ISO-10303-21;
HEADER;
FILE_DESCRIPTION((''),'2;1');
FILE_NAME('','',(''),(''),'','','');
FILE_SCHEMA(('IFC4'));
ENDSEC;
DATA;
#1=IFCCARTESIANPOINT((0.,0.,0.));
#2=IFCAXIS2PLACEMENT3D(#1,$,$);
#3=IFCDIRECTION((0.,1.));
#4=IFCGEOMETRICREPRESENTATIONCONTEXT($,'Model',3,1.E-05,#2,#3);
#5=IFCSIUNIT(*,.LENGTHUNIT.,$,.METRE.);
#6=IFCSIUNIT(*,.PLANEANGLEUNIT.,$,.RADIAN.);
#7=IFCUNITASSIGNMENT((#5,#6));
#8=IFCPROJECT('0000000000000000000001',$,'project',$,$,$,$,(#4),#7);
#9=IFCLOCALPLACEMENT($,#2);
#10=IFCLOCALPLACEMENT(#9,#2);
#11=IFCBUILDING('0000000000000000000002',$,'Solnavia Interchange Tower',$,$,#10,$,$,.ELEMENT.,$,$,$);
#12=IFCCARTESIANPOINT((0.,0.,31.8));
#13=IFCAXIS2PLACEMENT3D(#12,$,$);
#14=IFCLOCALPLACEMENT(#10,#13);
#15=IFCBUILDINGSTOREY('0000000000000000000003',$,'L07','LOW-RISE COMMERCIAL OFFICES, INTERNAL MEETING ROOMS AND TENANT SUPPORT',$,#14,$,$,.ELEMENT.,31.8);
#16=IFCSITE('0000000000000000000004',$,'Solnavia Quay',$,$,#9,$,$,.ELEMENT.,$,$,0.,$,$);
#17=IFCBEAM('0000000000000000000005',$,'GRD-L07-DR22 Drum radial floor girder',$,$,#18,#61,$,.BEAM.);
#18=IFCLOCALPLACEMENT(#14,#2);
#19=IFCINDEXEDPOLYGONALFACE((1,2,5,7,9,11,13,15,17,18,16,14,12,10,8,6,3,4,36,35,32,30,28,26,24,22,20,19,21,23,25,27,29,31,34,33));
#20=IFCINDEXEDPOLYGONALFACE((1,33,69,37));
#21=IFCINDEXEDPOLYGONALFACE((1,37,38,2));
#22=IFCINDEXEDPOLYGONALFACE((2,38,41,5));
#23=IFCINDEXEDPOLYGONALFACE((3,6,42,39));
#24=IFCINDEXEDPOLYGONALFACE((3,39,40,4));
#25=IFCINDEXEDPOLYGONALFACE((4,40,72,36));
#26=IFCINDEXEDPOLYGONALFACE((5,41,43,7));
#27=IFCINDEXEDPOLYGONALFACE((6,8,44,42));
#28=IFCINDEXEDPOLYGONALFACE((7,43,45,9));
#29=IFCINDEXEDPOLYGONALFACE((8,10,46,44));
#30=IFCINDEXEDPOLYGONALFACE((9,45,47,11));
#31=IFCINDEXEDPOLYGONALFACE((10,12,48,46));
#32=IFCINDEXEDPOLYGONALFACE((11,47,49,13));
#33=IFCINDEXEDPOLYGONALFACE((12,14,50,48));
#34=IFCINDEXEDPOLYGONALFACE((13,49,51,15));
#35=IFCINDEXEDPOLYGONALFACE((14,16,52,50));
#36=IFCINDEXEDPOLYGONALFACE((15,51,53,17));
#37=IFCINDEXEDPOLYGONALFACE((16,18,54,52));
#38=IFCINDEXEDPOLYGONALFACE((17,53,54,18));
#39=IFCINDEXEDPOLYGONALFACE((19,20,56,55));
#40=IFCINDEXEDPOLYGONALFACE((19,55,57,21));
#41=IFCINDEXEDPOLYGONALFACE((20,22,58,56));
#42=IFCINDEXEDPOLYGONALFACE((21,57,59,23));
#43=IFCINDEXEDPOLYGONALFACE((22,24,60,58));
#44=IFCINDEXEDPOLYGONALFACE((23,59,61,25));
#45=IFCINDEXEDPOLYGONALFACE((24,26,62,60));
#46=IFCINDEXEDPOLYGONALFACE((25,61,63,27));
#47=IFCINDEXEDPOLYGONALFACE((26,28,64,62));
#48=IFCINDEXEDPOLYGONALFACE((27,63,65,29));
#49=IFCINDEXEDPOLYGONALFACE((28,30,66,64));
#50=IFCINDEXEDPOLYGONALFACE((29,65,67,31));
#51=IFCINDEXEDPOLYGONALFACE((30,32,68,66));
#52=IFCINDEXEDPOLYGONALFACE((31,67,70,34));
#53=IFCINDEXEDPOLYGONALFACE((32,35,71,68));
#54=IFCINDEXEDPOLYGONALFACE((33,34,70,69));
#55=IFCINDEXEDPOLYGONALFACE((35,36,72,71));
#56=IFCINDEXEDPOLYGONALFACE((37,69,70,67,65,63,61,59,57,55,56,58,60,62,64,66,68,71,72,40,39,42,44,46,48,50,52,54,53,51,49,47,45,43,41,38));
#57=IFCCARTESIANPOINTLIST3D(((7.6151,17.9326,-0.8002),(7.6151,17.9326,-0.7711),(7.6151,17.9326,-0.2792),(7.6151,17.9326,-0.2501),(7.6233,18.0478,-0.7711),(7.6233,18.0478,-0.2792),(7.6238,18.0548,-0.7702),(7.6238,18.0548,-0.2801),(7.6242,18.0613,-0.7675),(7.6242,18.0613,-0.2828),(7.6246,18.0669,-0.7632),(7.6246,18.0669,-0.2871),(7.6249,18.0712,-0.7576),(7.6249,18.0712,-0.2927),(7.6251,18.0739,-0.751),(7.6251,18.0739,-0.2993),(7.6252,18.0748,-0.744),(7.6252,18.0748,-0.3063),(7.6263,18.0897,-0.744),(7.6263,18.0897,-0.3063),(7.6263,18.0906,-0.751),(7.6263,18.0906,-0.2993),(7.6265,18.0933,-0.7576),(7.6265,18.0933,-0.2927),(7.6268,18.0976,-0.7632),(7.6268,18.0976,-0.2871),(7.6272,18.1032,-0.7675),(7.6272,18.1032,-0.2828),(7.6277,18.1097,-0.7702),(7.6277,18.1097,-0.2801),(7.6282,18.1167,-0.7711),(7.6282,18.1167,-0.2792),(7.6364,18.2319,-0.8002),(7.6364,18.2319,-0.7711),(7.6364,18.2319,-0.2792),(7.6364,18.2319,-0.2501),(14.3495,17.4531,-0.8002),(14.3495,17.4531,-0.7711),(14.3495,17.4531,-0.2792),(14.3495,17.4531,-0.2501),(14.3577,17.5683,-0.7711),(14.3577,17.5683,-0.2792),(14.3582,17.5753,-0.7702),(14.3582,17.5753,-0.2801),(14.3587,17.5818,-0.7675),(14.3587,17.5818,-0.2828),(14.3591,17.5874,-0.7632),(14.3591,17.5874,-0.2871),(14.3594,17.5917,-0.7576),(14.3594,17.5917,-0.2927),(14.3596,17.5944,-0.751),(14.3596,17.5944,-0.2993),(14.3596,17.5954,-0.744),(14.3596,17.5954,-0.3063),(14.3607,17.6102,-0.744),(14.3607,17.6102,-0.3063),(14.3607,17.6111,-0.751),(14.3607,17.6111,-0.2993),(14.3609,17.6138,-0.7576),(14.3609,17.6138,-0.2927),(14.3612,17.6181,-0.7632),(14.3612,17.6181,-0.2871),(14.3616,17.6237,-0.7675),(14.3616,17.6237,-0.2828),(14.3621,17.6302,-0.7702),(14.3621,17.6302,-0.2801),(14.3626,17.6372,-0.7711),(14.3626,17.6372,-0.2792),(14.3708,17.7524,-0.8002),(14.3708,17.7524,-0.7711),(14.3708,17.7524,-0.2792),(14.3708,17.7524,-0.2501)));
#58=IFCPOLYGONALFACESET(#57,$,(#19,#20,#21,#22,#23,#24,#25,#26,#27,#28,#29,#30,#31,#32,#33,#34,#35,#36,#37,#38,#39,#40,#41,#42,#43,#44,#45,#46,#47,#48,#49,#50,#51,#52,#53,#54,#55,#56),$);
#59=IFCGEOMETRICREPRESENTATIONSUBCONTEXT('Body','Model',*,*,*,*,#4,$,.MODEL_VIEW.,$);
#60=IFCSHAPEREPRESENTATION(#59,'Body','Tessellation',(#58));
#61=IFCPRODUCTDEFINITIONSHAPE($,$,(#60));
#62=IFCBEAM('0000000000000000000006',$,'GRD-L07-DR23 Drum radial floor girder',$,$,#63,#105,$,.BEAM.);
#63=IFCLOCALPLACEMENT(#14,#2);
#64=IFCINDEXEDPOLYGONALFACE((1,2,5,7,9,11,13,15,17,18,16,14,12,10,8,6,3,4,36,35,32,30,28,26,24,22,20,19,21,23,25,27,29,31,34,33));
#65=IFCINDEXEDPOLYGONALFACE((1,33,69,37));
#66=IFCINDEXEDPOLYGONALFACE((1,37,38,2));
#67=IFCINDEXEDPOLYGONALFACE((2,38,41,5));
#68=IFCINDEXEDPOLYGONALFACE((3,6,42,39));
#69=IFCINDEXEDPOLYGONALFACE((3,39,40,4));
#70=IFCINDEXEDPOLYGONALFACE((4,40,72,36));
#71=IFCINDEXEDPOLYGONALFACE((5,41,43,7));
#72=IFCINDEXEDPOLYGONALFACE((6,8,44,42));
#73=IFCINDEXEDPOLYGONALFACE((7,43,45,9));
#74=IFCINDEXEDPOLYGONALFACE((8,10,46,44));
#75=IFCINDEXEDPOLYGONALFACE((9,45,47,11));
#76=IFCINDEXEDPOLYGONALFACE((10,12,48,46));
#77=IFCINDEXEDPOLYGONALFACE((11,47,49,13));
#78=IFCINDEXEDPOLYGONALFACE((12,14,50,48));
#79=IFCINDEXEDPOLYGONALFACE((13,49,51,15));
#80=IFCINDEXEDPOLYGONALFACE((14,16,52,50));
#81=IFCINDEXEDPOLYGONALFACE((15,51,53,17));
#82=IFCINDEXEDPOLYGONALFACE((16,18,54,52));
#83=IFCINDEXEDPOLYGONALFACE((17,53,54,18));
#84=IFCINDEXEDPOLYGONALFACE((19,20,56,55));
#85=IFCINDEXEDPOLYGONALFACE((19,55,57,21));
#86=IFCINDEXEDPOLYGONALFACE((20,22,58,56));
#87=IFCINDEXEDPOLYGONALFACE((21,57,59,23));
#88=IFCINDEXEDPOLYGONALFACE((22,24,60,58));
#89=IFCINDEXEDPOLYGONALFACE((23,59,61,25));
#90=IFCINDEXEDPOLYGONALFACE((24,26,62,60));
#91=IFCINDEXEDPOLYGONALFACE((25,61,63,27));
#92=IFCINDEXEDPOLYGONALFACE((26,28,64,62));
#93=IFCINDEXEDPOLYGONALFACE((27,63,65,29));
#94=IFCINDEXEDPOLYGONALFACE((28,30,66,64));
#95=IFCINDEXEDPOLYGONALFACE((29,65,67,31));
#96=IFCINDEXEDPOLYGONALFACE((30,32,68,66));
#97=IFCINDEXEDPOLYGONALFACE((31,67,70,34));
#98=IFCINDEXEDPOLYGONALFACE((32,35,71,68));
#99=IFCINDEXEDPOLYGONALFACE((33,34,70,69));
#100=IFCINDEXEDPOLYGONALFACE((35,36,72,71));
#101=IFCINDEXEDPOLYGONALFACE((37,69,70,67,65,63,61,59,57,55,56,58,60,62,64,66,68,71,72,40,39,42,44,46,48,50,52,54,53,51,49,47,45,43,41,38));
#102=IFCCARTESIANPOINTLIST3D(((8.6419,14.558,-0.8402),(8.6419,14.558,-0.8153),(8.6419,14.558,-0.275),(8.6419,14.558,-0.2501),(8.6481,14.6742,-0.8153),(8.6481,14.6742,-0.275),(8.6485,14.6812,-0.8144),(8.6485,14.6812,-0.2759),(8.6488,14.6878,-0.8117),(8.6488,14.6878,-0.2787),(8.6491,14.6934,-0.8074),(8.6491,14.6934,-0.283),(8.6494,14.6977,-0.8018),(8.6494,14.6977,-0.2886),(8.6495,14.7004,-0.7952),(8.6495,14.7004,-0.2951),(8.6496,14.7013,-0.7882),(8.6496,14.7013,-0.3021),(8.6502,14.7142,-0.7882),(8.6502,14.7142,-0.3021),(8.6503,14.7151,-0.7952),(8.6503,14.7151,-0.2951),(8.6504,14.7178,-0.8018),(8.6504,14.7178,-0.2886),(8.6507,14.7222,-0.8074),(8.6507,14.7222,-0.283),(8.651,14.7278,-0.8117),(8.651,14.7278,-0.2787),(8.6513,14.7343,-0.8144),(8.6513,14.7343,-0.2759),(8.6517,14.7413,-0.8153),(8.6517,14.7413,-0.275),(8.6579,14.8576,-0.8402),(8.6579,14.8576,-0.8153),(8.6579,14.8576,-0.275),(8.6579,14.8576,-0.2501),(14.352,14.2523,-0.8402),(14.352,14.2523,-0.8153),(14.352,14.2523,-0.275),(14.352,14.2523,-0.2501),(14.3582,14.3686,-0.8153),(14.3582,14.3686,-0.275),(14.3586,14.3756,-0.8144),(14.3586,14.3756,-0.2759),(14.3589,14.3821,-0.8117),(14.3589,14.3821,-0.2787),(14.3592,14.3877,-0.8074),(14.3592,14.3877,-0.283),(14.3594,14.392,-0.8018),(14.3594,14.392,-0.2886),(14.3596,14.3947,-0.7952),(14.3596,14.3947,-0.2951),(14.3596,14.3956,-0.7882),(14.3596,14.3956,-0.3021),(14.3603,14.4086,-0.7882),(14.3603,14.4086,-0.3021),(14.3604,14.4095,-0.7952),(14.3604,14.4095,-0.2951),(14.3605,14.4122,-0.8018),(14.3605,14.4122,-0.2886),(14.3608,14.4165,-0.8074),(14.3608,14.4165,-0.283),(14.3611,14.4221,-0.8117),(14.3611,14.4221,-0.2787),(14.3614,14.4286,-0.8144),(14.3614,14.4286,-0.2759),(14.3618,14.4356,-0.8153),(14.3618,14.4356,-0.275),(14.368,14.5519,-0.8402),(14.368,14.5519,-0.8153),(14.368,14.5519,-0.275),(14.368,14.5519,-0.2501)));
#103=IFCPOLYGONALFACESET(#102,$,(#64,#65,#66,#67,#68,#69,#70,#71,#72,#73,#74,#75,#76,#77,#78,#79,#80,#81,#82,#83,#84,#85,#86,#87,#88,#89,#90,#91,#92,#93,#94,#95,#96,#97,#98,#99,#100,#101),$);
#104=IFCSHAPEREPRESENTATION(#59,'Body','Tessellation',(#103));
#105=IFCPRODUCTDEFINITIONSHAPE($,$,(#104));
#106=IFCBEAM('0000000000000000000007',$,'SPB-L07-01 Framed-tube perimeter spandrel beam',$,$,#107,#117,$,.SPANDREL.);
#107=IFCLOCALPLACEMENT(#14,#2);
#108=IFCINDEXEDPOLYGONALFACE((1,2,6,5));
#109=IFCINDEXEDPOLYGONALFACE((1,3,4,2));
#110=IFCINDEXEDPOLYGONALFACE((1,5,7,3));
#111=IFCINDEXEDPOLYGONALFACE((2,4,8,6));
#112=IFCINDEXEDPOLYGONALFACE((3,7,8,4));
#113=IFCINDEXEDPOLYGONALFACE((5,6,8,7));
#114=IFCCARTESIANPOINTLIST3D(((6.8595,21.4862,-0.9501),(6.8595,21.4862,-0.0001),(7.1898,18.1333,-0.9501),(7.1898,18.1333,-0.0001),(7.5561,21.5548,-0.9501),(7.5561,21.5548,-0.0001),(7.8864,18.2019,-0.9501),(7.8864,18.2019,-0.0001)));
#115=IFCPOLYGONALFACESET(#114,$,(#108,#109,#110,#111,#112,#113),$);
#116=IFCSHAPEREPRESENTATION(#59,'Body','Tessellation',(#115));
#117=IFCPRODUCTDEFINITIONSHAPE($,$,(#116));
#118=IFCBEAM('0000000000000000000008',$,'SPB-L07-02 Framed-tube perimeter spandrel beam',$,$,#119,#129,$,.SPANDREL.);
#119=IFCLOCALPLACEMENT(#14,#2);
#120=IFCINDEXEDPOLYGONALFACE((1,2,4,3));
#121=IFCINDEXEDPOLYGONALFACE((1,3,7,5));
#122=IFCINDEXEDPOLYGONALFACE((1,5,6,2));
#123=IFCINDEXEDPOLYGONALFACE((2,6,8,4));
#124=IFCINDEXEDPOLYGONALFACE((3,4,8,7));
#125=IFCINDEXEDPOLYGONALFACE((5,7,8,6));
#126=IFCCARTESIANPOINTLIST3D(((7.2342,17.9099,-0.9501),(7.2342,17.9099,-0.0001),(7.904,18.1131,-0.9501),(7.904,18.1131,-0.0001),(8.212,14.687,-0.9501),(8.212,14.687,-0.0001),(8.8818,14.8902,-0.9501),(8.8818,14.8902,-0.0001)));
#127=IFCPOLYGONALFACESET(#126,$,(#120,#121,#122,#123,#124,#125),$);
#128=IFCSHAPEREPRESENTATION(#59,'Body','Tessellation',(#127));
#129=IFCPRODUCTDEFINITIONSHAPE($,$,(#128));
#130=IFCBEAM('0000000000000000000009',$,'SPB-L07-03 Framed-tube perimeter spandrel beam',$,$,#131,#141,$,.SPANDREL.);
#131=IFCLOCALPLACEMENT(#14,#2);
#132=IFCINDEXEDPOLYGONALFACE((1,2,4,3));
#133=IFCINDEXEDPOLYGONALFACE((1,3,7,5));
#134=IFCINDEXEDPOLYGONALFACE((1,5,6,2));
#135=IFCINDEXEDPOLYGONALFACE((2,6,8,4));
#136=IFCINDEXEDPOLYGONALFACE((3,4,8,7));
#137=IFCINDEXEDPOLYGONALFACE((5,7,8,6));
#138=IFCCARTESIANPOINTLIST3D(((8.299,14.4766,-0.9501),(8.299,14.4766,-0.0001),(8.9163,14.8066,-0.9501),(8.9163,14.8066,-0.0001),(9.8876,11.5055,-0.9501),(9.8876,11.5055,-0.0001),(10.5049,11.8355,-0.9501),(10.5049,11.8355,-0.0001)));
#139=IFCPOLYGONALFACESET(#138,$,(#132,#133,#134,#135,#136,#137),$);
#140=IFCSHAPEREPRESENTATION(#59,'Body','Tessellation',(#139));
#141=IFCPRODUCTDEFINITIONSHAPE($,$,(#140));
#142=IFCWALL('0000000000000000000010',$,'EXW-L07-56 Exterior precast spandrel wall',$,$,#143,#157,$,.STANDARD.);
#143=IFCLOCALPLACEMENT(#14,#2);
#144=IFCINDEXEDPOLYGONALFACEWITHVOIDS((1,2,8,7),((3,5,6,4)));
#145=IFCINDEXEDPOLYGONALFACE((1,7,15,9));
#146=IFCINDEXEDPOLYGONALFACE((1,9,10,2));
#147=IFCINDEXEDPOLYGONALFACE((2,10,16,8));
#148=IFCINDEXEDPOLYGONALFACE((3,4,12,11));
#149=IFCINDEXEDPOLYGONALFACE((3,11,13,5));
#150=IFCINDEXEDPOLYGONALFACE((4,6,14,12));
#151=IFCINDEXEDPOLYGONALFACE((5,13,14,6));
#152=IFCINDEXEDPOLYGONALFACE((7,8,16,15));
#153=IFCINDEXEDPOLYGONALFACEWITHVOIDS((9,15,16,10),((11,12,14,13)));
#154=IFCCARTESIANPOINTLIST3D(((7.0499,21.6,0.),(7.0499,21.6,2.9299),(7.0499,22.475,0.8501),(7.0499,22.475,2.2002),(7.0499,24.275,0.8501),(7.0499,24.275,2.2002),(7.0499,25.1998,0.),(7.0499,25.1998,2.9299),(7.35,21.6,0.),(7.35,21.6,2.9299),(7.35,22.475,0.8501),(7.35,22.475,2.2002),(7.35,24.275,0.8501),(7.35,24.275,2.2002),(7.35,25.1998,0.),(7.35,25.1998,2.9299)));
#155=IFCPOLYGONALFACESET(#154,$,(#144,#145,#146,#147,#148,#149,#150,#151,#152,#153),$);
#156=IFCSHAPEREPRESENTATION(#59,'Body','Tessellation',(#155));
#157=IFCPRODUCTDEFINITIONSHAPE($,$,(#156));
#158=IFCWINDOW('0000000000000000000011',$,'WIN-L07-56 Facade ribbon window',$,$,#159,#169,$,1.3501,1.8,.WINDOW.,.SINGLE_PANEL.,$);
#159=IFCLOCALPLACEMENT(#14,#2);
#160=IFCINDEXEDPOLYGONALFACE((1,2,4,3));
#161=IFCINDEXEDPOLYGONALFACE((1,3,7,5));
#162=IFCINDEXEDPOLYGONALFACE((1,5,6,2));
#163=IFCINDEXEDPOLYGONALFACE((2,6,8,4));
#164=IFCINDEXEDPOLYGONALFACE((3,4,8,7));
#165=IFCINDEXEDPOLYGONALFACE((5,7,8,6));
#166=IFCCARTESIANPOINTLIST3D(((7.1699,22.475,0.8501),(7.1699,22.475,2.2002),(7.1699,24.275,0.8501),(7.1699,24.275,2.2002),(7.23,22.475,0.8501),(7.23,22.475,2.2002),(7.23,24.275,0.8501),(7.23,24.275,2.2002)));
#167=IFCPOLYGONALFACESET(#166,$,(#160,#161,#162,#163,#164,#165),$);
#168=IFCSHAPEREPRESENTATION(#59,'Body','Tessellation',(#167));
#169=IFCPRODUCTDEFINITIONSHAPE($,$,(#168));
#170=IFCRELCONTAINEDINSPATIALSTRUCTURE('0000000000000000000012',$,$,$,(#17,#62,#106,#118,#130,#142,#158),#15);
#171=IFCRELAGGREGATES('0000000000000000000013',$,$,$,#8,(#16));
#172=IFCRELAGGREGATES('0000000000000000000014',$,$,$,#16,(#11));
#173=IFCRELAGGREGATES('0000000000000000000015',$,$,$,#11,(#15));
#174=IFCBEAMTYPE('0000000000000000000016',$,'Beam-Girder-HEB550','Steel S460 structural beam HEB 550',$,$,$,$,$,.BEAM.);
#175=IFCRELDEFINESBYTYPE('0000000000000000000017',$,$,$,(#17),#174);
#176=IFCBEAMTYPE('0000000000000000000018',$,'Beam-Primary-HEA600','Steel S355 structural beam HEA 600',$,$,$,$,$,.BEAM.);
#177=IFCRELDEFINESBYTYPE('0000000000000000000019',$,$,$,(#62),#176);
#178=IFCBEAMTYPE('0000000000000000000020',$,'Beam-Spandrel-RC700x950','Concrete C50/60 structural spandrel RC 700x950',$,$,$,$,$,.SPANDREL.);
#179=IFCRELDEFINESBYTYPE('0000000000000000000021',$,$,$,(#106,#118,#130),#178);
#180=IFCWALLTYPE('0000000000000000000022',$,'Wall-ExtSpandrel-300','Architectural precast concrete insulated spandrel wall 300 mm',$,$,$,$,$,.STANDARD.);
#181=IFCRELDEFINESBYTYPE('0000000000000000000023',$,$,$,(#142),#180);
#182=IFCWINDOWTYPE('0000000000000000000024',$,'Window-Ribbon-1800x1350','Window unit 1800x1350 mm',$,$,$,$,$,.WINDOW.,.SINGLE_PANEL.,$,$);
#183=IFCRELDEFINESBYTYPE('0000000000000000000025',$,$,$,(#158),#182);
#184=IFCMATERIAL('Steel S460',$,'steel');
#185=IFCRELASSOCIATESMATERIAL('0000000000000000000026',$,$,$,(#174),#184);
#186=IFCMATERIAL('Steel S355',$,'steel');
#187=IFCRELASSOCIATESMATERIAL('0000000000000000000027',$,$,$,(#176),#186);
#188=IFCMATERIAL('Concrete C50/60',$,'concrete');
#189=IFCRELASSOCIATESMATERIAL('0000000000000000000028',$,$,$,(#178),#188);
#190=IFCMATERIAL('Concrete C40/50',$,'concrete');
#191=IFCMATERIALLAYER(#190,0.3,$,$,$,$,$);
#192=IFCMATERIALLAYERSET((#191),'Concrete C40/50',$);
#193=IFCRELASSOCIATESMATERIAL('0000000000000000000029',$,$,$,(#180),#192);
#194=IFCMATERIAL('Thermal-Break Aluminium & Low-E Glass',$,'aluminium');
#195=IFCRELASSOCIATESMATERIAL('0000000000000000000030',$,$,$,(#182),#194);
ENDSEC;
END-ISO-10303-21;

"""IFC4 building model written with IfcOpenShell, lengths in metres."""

from ifc_helpers import new_model, si_unit, direction, frame, frame_2d, origin, origin_2d, place, context, subcontext, project, spatial, rectangle, i_section, extrude, material, layer, layer_set, material_profile, profile_set, type_object, element, fill, save


model = new_model("IFC4")

# Units and contexts
model_context = context("Model", 3, precision=1e-05, world=origin(), true_north=direction((0.0, 1.0)))
body_context = subcontext(model_context, "Body", "Model", "MODEL_VIEW")
ifc_project = project(units=[si_unit("LENGTHUNIT", "METRE"), si_unit("PLANEANGLEUNIT", "RADIAN")], contexts=[model_context])

# Site, building, storey
site_placement = place(None, origin())
site = spatial("IfcSite", under=ifc_project, at=site_placement, Name="Solnavia Quay", CompositionType="ELEMENT", RefElevation=0.0)
building_placement = place(site_placement, origin())
building = spatial("IfcBuilding", under=site, at=building_placement, Name="Solnavia Interchange Tower", CompositionType="ELEMENT")
storey_placement = place(building_placement, frame((0.0, 0.0, 31.8)))
storey = spatial("IfcBuildingStorey", under=building, at=storey_placement, Name="L07", Description="LOW-RISE COMMERCIAL OFFICES, INTERNAL MEETING ROOMS AND TENANT SUPPORT", CompositionType="ELEMENT", Elevation=31.8)

# Beams
ifc_material_1 = material(Name="Concrete C50/60", Category="concrete")
ifc_material_2 = material(Name="Steel S460", Category="steel")
ifc_material_profile_1 = material_profile(ifc_material_2, i_section(OverallWidth=0.3, OverallDepth=0.55, WebThickness=0.0149, FlangeThickness=0.0291, FilletRadius=0.0271, at=origin_2d()), Name="HEB 550")
ifc_profile_set_1 = profile_set([ifc_material_profile_1], Name="Steel S460")
beam_type_1 = type_object("IfcBeamType", Name="Beam-Girder-HEB550", Description="Steel S460 structural beam HEB 550", PredefinedType="BEAM", material=ifc_profile_set_1)
beam_1_placement = place(storey_placement, frame((7.6257, 18.0823, -0.5251), z_axis=(0.997475, -0.071021, 0.0), x_axis=(0.071021, 0.997475, 0.0)))
element("IfcBeam", 1, at=beam_1_placement, inside=storey, type_object=beam_type_1, Name="GRD-L07-DR22 Drum radial floor girder", PredefinedType="BEAM", context=body_context, shape_type="SweptSolid", body=[
    extrude(i_section(OverallWidth=0.3, OverallDepth=0.55, WebThickness=0.0149, FlangeThickness=0.0291, FilletRadius=0.0271, at=origin_2d()), origin(), (0.0, 0.0, 1.0), 6.7515),
])
ifc_material_3 = material(Name="Steel S355", Category="steel")
ifc_material_profile_2 = material_profile(ifc_material_3, i_section(OverallWidth=0.3, OverallDepth=0.5901, WebThickness=0.0129, FlangeThickness=0.0249, FilletRadius=0.0271, at=origin_2d()), Name="HEA 600")
ifc_profile_set_2 = profile_set([ifc_material_profile_2], Name="Steel S355")
beam_type_2 = type_object("IfcBeamType", Name="Beam-Primary-HEA600", Description="Steel S355 structural beam HEA 600", PredefinedType="BEAM", material=ifc_profile_set_2)
beam_2_placement = place(storey_placement, frame((8.6499, 14.7078, -0.5452), z_axis=(0.99857, -0.053453, 0.0), x_axis=(0.053453, 0.99857, 0.0)))
element("IfcBeam", 2, at=beam_2_placement, inside=storey, type_object=beam_type_2, Name="GRD-L07-DR23 Drum radial floor girder", PredefinedType="BEAM", context=body_context, shape_type="SweptSolid", body=[
    extrude(i_section(OverallWidth=0.3, OverallDepth=0.5901, WebThickness=0.0129, FlangeThickness=0.0249, FilletRadius=0.0271, at=origin_2d()), origin(), (0.0, 0.0, 1.0), 5.7183),
])
ifc_material_profile_3 = material_profile(ifc_material_1, rectangle(XDim=0.7, YDim=0.95, at=origin_2d()), Name="RC 700x950")
ifc_profile_set_3 = profile_set([ifc_material_profile_3], Name="Concrete C50/60")
beam_type_3 = type_object("IfcBeamType", Name="Beam-Spandrel-RC700x950", Description="Concrete C50/60 structural spandrel RC 700x950", PredefinedType="SPANDREL", material=ifc_profile_set_3)
beam_3_placement = place(storey_placement, frame((7.2078, 21.5205, -0.4751), z_axis=(0.09804, -0.995182, 0.0), x_axis=(0.995182, 0.09804, 0.0)))
element("IfcBeam", 3, at=beam_3_placement, inside=storey, type_object=beam_type_3, Name="SPB-L07-01 Framed-tube perimeter spandrel beam", PredefinedType="SPANDREL", context=body_context, shape_type="SweptSolid", body=[
    extrude(rectangle(XDim=0.7, YDim=0.95, at=origin_2d()), origin(), (0.0, 0.0, 1.0), 3.3691),
])
beam_4_placement = place(storey_placement, frame((7.5691, 18.0115, -0.4751), z_axis=(0.290319, -0.95693, 0.0), x_axis=(0.95693, 0.290319, 0.0)))
element("IfcBeam", 4, at=beam_4_placement, inside=storey, type_object=beam_type_3, Name="SPB-L07-02 Framed-tube perimeter spandrel beam", PredefinedType="SPANDREL", context=body_context, shape_type="SweptSolid", body=[
    extrude(rectangle(XDim=0.7, YDim=0.95, at=origin_2d()), origin(), (0.0, 0.0, 1.0), 3.3679),
])
beam_5_placement = place(storey_placement, frame((8.6077, 14.6416, -0.4751), z_axis=(0.471509, -0.881861, 0.0), x_axis=(0.881861, 0.471509, 0.0)))
element("IfcBeam", 5, at=beam_5_placement, inside=storey, type_object=beam_type_3, Name="SPB-L07-03 Framed-tube perimeter spandrel beam", PredefinedType="SPANDREL", context=body_context, shape_type="SweptSolid", body=[
    extrude(rectangle(XDim=0.7, YDim=0.95, at=origin_2d()), origin(), (0.0, 0.0, 1.0), 3.3691),
])

# Wall, opening, window
ifc_material_4 = material(Name="Concrete C40/50", Category="concrete")
ifc_layer_1 = layer(ifc_material_4, 0.3)
ifc_layer_set_1 = layer_set([ifc_layer_1], Name="Concrete C40/50")
wall_type_1 = type_object("IfcWallType", Name="Wall-ExtSpandrel-300", Description="Architectural precast concrete insulated spandrel wall 300 mm", PredefinedType="STANDARD", material=ifc_layer_set_1)
wall_1_placement = place(storey_placement, frame((7.2, 21.6001, 0.0), z_axis=(0.0, 0.0, 1.0), x_axis=(0.0, 1.0, 0.0)))
wall_1 = element("IfcWall", 6, at=wall_1_placement, inside=storey, type_object=wall_type_1, Name="EXW-L07-56 Exterior precast spandrel wall", PredefinedType="STANDARD", context=body_context, shape_type="SweptSolid", body=[
    extrude(rectangle(XDim=3.5999, YDim=0.3, at=frame_2d((1.7998, 0.0))), origin(), (0.0, 0.0, 1.0), 2.9299),
])
opening_1_placement = place(wall_1_placement, frame((0.875, 0.0, 0.8501)))
opening_1 = element("IfcOpeningElement", 7, at=opening_1_placement, cuts=wall_1, PredefinedType="OPENING", context=body_context, shape_type="SweptSolid", body=[
    extrude(rectangle(XDim=1.8, YDim=1.3501, at=frame_2d((0.8999, 0.675))), frame((0.0, 0.1602, 0.0), z_axis=(0.0, -1.0, 0.0), x_axis=(1.0, 0.0, 0.0)), (0.0, 0.0, 1.0), 0.3201),
])
ifc_material_5 = material(Name="Thermal-Break Aluminium & Low-E Glass", Category="aluminium")
window_type_1 = type_object("IfcWindowType", Name="Window-Ribbon-1800x1350", Description="Window unit 1800x1350 mm", PartitioningType="SINGLE_PANEL", PredefinedType="WINDOW", material=ifc_material_5)
window_1_placement = place(opening_1_placement, origin())
window_1 = element("IfcWindow", 8, at=window_1_placement, inside=storey, type_object=window_type_1, Name="WIN-L07-56 Facade ribbon window", OverallHeight=1.3501, OverallWidth=1.8, PartitioningType="SINGLE_PANEL", PredefinedType="WINDOW", context=body_context, shape_type="SweptSolid", body=[
    extrude(rectangle(XDim=1.8, YDim=1.3501, at=frame_2d((0.8999, 0.675))), frame((0.0, 0.03, 0.0), z_axis=(0.0, -1.0, 0.0), x_axis=(1.0, 0.0, 0.0)), (0.0, 0.0, 1.0), 0.0601),
])
fill(opening_1, window_1)

save(model, "model.ifc")
